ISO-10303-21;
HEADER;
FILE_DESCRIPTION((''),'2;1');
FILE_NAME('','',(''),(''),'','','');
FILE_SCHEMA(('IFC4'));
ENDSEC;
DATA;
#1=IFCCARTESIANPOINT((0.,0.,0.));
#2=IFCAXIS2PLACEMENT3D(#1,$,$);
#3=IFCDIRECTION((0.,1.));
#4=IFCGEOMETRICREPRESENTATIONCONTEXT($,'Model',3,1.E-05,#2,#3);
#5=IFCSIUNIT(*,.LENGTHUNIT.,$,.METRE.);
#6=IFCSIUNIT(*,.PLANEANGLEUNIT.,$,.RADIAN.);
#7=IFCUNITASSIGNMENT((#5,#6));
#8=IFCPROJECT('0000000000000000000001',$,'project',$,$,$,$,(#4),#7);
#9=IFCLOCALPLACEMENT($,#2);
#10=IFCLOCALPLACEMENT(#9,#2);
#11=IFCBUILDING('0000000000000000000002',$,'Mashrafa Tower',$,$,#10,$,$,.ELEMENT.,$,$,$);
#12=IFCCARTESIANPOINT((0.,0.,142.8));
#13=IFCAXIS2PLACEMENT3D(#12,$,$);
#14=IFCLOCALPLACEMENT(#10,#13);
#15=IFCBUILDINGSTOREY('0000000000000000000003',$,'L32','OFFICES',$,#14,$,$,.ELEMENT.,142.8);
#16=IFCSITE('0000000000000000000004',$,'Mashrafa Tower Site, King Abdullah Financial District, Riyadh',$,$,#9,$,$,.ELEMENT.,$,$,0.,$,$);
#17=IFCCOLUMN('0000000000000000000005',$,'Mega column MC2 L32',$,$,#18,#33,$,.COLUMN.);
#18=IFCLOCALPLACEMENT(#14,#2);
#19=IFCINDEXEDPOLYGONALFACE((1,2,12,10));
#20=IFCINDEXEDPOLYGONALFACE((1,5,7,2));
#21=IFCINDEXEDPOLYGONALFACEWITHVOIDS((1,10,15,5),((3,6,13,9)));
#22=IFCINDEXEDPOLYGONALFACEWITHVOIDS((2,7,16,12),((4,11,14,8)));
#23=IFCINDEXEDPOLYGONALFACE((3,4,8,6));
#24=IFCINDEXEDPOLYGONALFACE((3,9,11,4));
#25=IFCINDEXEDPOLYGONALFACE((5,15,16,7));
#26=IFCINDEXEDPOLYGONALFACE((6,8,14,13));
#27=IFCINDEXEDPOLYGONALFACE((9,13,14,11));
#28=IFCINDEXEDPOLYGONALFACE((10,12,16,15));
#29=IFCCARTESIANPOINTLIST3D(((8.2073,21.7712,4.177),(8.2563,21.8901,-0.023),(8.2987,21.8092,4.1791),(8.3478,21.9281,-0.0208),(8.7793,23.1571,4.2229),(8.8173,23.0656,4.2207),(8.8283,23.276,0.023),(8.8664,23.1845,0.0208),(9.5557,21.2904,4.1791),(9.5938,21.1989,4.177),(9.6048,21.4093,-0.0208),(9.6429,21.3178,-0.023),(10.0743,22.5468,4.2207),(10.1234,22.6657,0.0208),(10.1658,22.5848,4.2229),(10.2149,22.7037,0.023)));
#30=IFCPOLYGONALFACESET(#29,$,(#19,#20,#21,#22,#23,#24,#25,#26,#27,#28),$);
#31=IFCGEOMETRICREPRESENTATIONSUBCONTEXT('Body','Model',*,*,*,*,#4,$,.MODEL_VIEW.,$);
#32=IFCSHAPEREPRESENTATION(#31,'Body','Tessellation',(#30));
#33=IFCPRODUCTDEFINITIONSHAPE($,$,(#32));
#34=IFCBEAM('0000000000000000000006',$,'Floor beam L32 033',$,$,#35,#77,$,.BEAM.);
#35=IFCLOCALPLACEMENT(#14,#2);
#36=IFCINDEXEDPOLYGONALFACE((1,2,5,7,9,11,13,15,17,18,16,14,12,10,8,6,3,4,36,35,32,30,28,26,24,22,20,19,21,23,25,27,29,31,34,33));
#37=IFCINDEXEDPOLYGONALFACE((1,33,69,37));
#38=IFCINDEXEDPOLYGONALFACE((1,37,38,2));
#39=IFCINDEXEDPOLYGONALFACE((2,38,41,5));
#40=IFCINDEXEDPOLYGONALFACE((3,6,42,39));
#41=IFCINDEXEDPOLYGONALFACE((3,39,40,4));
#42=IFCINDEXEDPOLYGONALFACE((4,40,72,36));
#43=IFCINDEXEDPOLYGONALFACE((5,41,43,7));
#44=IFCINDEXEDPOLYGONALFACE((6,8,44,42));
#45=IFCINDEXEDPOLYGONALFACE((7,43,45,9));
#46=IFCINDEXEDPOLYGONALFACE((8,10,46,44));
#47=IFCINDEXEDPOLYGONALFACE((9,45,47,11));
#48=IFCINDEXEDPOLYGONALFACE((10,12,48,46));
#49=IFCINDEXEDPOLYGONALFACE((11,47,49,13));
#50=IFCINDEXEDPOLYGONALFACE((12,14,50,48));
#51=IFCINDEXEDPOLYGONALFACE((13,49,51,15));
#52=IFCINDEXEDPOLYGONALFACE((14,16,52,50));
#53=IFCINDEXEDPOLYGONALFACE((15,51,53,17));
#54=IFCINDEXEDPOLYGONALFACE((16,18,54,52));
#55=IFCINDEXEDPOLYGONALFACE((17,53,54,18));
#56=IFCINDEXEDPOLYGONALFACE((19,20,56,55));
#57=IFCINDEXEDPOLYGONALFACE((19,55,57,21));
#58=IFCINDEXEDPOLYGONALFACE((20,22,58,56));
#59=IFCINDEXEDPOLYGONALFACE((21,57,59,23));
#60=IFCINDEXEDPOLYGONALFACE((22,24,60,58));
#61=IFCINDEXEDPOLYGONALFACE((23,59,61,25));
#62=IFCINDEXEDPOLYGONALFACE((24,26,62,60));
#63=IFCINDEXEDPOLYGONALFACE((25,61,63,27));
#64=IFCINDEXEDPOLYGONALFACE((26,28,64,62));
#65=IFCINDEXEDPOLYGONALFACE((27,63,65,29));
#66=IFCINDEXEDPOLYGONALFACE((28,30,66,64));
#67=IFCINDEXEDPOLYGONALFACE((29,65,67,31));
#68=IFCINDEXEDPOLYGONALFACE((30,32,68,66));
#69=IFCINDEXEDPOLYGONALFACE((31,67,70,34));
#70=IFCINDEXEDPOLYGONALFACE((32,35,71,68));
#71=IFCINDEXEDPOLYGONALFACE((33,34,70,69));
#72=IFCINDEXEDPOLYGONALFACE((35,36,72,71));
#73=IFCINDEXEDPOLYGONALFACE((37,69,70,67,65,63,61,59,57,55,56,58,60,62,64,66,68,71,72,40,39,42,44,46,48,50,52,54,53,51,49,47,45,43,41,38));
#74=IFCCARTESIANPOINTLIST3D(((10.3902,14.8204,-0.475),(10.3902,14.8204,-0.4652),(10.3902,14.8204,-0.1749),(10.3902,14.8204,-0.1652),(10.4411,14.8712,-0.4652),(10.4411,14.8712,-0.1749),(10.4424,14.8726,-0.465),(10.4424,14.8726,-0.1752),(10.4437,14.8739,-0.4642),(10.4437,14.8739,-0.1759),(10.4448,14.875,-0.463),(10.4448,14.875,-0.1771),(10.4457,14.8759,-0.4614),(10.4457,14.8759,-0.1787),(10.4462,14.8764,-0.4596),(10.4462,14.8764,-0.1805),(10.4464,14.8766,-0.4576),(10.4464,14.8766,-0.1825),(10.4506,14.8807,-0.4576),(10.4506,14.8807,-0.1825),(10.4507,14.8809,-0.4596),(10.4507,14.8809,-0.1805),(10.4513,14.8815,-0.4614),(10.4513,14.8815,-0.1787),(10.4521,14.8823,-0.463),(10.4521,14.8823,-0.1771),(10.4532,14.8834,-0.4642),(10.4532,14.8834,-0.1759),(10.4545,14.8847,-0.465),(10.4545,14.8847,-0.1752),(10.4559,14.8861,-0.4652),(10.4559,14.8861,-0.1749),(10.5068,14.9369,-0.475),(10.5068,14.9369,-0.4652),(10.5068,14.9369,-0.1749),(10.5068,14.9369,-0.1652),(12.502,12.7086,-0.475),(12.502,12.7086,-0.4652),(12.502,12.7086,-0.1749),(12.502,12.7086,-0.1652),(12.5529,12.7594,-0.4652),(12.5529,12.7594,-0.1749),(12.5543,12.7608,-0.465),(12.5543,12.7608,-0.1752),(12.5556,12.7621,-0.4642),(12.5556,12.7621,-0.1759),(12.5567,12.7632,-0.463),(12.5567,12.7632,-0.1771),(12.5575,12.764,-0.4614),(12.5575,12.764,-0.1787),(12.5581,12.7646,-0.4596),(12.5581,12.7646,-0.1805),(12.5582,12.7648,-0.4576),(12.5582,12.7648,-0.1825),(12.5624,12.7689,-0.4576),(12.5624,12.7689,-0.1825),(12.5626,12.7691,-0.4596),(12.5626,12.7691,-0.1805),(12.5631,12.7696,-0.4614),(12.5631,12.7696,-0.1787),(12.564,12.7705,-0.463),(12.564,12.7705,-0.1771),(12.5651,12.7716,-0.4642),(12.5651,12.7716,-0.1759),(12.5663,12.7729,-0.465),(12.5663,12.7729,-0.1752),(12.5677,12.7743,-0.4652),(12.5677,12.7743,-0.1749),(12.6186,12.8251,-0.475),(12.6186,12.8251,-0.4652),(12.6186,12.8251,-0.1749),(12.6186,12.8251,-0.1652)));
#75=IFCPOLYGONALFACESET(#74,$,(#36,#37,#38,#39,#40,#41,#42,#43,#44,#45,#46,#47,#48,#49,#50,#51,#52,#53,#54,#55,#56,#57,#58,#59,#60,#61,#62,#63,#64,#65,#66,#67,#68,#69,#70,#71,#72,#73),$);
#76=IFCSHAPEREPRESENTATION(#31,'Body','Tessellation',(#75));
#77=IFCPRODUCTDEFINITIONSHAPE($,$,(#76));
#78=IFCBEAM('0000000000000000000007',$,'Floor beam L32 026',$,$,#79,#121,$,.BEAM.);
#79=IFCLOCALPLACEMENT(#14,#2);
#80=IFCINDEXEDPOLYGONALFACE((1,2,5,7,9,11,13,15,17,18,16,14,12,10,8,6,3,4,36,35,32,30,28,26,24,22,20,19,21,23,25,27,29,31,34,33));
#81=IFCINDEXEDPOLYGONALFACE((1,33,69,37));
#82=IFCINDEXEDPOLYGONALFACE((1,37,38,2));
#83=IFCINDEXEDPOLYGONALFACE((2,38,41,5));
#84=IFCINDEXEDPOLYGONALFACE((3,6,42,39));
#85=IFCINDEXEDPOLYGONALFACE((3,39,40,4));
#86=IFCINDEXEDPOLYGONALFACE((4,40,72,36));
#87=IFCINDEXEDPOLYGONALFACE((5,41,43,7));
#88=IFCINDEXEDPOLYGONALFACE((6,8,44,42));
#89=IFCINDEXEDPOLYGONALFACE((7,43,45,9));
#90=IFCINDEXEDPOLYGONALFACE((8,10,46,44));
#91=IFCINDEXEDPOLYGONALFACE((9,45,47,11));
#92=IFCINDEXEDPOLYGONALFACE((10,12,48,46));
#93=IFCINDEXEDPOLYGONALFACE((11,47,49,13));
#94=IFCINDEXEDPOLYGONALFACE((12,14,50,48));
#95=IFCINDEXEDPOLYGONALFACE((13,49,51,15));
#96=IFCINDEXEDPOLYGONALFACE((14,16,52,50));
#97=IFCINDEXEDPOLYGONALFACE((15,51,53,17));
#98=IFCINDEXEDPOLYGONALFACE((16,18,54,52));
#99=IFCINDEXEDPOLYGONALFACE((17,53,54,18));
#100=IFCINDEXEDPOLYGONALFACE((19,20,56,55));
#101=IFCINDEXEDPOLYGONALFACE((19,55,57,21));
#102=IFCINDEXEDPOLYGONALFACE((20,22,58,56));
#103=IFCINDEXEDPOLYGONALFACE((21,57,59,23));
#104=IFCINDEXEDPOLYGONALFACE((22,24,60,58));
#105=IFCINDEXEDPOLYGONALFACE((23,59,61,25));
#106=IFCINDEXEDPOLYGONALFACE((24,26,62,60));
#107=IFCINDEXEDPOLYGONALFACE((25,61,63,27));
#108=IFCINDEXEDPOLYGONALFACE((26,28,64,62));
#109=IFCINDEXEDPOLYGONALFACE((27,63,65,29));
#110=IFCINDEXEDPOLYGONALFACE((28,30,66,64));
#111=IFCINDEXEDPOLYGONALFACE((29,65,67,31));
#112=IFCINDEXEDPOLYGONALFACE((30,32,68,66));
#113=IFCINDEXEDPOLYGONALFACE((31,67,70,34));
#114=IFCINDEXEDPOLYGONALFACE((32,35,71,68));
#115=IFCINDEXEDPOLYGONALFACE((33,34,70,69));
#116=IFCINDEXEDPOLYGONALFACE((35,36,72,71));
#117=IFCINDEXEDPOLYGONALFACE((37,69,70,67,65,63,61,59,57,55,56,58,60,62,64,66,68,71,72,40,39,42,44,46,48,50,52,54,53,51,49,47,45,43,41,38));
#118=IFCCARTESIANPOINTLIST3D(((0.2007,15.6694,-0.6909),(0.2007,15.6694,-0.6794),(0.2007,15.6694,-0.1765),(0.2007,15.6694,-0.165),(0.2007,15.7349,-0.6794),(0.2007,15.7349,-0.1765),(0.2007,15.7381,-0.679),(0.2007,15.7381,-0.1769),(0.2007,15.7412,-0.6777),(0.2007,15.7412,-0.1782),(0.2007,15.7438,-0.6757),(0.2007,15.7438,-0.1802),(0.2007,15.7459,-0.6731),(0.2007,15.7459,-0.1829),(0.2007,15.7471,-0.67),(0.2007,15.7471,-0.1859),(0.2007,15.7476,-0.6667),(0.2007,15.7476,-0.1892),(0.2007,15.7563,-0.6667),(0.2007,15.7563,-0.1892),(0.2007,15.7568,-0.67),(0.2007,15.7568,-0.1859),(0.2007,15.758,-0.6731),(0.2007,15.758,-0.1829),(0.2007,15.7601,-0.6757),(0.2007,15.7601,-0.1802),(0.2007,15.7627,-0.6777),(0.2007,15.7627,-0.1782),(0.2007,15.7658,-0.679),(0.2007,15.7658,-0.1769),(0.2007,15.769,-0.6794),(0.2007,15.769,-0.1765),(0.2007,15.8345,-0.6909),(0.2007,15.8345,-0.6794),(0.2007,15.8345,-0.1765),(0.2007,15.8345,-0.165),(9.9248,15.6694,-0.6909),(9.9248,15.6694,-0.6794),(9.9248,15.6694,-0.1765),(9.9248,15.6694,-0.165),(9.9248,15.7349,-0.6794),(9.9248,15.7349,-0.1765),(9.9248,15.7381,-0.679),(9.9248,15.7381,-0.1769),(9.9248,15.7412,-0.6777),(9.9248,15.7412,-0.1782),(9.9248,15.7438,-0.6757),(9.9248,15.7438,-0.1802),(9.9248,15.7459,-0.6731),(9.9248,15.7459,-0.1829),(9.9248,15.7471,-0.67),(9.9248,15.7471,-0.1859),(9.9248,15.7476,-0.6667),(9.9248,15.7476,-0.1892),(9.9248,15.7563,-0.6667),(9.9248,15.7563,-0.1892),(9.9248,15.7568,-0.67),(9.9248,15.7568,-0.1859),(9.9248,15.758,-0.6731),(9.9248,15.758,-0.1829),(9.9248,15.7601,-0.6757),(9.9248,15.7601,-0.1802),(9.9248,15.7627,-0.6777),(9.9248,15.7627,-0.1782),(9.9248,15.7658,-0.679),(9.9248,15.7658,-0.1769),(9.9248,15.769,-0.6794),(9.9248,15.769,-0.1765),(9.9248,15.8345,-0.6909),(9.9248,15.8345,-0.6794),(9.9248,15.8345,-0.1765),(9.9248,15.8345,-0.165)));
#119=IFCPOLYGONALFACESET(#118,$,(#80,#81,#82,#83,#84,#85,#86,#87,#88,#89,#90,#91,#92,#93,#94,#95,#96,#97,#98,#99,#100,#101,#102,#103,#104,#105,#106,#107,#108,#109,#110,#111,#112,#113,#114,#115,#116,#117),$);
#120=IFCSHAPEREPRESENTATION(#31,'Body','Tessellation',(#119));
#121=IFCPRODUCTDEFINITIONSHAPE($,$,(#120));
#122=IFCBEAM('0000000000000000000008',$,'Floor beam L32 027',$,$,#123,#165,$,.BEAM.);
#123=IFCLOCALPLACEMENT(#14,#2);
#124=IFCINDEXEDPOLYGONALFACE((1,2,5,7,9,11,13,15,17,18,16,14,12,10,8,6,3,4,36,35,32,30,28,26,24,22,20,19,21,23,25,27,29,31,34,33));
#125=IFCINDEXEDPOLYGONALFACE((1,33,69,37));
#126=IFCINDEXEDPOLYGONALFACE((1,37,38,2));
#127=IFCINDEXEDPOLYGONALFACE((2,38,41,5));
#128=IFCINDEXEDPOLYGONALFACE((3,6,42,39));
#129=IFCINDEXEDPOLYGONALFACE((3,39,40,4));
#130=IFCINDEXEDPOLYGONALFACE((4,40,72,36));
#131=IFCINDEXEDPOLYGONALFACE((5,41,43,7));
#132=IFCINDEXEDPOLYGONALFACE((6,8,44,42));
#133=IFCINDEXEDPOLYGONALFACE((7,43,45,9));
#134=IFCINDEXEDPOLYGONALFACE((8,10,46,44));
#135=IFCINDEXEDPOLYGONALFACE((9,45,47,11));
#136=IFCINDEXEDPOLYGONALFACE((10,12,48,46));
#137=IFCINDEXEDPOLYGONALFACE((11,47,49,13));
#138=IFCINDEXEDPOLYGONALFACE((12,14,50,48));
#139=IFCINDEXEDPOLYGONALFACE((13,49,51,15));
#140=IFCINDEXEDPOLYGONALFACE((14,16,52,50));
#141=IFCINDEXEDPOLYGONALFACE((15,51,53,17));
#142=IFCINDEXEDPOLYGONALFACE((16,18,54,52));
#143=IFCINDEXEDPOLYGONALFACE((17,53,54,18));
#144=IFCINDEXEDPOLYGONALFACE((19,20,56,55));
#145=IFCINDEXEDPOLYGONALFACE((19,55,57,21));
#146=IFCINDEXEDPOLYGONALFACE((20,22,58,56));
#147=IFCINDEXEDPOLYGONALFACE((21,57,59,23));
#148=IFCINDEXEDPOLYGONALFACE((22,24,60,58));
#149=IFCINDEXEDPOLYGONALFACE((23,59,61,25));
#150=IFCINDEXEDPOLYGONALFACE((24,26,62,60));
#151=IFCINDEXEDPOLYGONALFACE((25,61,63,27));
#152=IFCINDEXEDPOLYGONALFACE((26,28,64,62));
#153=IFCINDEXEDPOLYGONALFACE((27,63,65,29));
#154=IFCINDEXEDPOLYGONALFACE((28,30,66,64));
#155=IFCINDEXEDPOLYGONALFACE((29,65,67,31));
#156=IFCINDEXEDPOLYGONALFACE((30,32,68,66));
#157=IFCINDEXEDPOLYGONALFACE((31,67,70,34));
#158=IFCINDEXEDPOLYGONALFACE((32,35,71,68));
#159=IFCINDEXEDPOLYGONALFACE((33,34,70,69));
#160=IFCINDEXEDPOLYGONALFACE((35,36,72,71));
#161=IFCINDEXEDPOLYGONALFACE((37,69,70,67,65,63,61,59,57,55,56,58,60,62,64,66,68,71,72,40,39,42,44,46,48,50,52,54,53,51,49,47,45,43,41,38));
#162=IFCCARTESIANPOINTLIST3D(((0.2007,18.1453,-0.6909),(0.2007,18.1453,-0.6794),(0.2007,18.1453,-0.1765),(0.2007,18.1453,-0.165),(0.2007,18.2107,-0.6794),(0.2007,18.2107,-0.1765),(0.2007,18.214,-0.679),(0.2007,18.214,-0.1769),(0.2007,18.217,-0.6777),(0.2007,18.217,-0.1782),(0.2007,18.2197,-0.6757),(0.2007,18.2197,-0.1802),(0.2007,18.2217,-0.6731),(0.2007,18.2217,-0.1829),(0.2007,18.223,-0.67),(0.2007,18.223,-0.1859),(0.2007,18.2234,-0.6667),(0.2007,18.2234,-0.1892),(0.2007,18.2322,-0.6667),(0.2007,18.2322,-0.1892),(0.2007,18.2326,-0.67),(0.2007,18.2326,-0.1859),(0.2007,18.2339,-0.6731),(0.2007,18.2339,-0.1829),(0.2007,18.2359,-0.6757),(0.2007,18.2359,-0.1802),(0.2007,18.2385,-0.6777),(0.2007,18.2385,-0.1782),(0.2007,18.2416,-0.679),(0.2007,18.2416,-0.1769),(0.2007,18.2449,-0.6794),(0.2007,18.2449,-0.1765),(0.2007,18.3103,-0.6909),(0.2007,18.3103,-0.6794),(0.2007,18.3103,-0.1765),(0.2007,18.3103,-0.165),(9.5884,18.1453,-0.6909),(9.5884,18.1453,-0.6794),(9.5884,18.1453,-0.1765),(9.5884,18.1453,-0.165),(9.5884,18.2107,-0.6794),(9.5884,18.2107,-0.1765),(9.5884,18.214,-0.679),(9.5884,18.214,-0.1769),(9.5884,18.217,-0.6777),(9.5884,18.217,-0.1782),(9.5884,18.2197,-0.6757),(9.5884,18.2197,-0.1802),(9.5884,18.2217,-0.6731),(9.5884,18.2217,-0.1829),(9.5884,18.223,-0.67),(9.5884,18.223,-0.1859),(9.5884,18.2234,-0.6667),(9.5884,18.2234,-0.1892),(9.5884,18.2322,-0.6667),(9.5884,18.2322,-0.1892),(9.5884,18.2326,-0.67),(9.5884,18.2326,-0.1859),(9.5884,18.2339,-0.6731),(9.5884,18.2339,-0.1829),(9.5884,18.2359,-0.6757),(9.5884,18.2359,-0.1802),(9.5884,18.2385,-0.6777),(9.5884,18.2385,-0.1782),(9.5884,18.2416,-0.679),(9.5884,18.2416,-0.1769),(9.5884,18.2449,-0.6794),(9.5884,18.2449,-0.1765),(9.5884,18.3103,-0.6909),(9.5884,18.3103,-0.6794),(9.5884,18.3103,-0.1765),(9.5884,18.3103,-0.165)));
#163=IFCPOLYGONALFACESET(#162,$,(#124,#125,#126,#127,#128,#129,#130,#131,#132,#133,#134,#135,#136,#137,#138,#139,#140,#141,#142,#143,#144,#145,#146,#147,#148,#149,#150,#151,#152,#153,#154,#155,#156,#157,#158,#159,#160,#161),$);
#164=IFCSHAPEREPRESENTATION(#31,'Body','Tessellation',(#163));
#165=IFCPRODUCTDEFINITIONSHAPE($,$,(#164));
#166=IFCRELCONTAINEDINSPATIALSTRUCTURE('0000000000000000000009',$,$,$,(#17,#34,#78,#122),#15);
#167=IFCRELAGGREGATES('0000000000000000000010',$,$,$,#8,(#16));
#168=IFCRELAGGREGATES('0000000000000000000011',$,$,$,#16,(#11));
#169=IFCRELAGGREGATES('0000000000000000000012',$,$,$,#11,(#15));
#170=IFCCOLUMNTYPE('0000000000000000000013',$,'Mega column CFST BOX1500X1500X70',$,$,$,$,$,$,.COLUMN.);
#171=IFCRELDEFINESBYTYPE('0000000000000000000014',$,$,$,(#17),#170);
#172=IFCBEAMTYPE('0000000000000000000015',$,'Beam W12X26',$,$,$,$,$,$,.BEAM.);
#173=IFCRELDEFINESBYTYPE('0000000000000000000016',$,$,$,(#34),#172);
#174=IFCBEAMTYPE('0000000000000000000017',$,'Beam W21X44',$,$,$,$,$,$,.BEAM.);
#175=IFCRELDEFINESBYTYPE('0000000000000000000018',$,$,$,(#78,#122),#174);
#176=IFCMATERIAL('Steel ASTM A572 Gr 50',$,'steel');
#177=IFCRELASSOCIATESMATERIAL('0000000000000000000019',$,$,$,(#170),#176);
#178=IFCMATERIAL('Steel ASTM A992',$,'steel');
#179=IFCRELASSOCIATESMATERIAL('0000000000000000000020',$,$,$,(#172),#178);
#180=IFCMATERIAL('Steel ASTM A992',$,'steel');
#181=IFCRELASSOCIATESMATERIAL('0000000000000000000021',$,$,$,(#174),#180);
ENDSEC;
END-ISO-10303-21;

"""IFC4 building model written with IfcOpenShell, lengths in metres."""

from ifc_helpers import new_model, si_unit, direction, frame, origin, origin_2d, place, context, subcontext, project, spatial, hollow_rectangle, i_section, extrude, material, material_profile, profile_set, type_object, element, save


model = new_model("IFC4")

# Units and contexts
model_context = context("Model", 3, precision=1e-05, world=origin(), true_north=direction((0.0, 1.0)))
body_context = subcontext(model_context, "Body", "Model", "MODEL_VIEW")
ifc_project = project(units=[si_unit("LENGTHUNIT", "METRE"), si_unit("PLANEANGLEUNIT", "RADIAN")], contexts=[model_context])

# Site, building, storey
site_placement = place(None, origin())
site = spatial("IfcSite", under=ifc_project, at=site_placement, Name="Mashrafa Tower Site, King Abdullah Financial District, Riyadh", CompositionType="ELEMENT", RefElevation=0.0)
building_placement = place(site_placement, origin())
building = spatial("IfcBuilding", under=site, at=building_placement, Name="Mashrafa Tower", CompositionType="ELEMENT")
storey_placement = place(building_placement, frame((0.0, 0.0, 142.8)))
storey = spatial("IfcBuildingStorey", under=building, at=storey_placement, Name="L32", Description="OFFICES", CompositionType="ELEMENT", Elevation=142.8)

# Column
ifc_material_1 = material(Name="Steel ASTM A572 Gr 50", Category="steel")
ifc_material_profile_1 = material_profile(ifc_material_1, hollow_rectangle(XDim=1.5, YDim=1.5, WallThickness=0.0701, at=origin_2d()), Name="BOX1500X1500X70")
ifc_profile_set_1 = profile_set([ifc_material_profile_1], Name="Steel ASTM A572 Gr 50")
column_type = type_object("IfcColumnType", Name="Mega column CFST BOX1500X1500X70", PredefinedType="COLUMN", material=ifc_profile_set_1)
column_placement = place(storey_placement, frame((9.2356, 22.2969, 0.0), z_axis=(-0.011679, -0.028296, 0.999531), x_axis=(0.924363, -0.381513, 0.0)))
element("IfcColumn", 1, at=column_placement, inside=storey, type_object=column_type, Name="Mega column MC2 L32", PredefinedType="COLUMN", context=body_context, shape_type="SweptSolid", body=[
    extrude(hollow_rectangle(XDim=1.5, YDim=1.5, WallThickness=0.0701, at=origin_2d()), origin(), (0.0, 0.0, 1.0), 4.2019),
])

# Beams
ifc_material_2 = material(Name="Steel ASTM A992", Category="steel")
ifc_material_profile_2 = material_profile(ifc_material_2, i_section(OverallWidth=0.1648, OverallDepth=0.3098, WebThickness=0.0059, FlangeThickness=0.0098, FilletRadius=0.0076, at=origin_2d()), Name="W12X26")
ifc_profile_set_2 = profile_set([ifc_material_profile_2], Name="Steel ASTM A992")
beam_type_1 = type_object("IfcBeamType", Name="Beam W12X26", PredefinedType="BEAM", material=ifc_profile_set_2)
beam_1_placement = place(storey_placement, frame((10.4485, 14.8787, -0.3201), z_axis=(0.707107, -0.707107, 0.0), x_axis=(0.707107, 0.707107, 0.0)))
element("IfcBeam", 2, at=beam_1_placement, inside=storey, type_object=beam_type_1, Name="Floor beam L32 033", PredefinedType="BEAM", context=body_context, shape_type="SweptSolid", body=[
    extrude(i_section(OverallWidth=0.1648, OverallDepth=0.3098, WebThickness=0.0059, FlangeThickness=0.0098, FilletRadius=0.0076, at=origin_2d()), origin(), (0.0, 0.0, 1.0), 2.9866),
])
ifc_material_3 = material(Name="Steel ASTM A992", Category="steel")
ifc_material_profile_3 = material_profile(ifc_material_3, i_section(OverallWidth=0.165, OverallDepth=0.5259, WebThickness=0.0088, FlangeThickness=0.0115, FilletRadius=0.0127, at=origin_2d()), Name="W21X44")
ifc_profile_set_3 = profile_set([ifc_material_profile_3], Name="Steel ASTM A992")
beam_type_2 = type_object("IfcBeamType", Name="Beam W21X44", PredefinedType="BEAM", material=ifc_profile_set_3)
beam_2_placement = place(storey_placement, frame((0.2007, 15.752, -0.428), z_axis=(1.0, 0.0, 0.0), x_axis=(0.0, 1.0, 0.0)))
element("IfcBeam", 3, at=beam_2_placement, inside=storey, type_object=beam_type_2, Name="Floor beam L32 026", PredefinedType="BEAM", context=body_context, shape_type="SweptSolid", body=[
    extrude(i_section(OverallWidth=0.165, OverallDepth=0.5259, WebThickness=0.0088, FlangeThickness=0.0115, FilletRadius=0.0127, at=origin_2d()), origin(), (0.0, 0.0, 1.0), 9.7241),
])
beam_3_placement = place(storey_placement, frame((0.2007, 18.2278, -0.428), z_axis=(1.0, 0.0, 0.0), x_axis=(0.0, 1.0, 0.0)))
element("IfcBeam", 4, at=beam_3_placement, inside=storey, type_object=beam_type_2, Name="Floor beam L32 027", PredefinedType="BEAM", context=body_context, shape_type="SweptSolid", body=[
    extrude(i_section(OverallWidth=0.165, OverallDepth=0.5259, WebThickness=0.0088, FlangeThickness=0.0115, FilletRadius=0.0127, at=origin_2d()), origin(), (0.0, 0.0, 1.0), 9.3877),
])

save(model, "model.ifc")
